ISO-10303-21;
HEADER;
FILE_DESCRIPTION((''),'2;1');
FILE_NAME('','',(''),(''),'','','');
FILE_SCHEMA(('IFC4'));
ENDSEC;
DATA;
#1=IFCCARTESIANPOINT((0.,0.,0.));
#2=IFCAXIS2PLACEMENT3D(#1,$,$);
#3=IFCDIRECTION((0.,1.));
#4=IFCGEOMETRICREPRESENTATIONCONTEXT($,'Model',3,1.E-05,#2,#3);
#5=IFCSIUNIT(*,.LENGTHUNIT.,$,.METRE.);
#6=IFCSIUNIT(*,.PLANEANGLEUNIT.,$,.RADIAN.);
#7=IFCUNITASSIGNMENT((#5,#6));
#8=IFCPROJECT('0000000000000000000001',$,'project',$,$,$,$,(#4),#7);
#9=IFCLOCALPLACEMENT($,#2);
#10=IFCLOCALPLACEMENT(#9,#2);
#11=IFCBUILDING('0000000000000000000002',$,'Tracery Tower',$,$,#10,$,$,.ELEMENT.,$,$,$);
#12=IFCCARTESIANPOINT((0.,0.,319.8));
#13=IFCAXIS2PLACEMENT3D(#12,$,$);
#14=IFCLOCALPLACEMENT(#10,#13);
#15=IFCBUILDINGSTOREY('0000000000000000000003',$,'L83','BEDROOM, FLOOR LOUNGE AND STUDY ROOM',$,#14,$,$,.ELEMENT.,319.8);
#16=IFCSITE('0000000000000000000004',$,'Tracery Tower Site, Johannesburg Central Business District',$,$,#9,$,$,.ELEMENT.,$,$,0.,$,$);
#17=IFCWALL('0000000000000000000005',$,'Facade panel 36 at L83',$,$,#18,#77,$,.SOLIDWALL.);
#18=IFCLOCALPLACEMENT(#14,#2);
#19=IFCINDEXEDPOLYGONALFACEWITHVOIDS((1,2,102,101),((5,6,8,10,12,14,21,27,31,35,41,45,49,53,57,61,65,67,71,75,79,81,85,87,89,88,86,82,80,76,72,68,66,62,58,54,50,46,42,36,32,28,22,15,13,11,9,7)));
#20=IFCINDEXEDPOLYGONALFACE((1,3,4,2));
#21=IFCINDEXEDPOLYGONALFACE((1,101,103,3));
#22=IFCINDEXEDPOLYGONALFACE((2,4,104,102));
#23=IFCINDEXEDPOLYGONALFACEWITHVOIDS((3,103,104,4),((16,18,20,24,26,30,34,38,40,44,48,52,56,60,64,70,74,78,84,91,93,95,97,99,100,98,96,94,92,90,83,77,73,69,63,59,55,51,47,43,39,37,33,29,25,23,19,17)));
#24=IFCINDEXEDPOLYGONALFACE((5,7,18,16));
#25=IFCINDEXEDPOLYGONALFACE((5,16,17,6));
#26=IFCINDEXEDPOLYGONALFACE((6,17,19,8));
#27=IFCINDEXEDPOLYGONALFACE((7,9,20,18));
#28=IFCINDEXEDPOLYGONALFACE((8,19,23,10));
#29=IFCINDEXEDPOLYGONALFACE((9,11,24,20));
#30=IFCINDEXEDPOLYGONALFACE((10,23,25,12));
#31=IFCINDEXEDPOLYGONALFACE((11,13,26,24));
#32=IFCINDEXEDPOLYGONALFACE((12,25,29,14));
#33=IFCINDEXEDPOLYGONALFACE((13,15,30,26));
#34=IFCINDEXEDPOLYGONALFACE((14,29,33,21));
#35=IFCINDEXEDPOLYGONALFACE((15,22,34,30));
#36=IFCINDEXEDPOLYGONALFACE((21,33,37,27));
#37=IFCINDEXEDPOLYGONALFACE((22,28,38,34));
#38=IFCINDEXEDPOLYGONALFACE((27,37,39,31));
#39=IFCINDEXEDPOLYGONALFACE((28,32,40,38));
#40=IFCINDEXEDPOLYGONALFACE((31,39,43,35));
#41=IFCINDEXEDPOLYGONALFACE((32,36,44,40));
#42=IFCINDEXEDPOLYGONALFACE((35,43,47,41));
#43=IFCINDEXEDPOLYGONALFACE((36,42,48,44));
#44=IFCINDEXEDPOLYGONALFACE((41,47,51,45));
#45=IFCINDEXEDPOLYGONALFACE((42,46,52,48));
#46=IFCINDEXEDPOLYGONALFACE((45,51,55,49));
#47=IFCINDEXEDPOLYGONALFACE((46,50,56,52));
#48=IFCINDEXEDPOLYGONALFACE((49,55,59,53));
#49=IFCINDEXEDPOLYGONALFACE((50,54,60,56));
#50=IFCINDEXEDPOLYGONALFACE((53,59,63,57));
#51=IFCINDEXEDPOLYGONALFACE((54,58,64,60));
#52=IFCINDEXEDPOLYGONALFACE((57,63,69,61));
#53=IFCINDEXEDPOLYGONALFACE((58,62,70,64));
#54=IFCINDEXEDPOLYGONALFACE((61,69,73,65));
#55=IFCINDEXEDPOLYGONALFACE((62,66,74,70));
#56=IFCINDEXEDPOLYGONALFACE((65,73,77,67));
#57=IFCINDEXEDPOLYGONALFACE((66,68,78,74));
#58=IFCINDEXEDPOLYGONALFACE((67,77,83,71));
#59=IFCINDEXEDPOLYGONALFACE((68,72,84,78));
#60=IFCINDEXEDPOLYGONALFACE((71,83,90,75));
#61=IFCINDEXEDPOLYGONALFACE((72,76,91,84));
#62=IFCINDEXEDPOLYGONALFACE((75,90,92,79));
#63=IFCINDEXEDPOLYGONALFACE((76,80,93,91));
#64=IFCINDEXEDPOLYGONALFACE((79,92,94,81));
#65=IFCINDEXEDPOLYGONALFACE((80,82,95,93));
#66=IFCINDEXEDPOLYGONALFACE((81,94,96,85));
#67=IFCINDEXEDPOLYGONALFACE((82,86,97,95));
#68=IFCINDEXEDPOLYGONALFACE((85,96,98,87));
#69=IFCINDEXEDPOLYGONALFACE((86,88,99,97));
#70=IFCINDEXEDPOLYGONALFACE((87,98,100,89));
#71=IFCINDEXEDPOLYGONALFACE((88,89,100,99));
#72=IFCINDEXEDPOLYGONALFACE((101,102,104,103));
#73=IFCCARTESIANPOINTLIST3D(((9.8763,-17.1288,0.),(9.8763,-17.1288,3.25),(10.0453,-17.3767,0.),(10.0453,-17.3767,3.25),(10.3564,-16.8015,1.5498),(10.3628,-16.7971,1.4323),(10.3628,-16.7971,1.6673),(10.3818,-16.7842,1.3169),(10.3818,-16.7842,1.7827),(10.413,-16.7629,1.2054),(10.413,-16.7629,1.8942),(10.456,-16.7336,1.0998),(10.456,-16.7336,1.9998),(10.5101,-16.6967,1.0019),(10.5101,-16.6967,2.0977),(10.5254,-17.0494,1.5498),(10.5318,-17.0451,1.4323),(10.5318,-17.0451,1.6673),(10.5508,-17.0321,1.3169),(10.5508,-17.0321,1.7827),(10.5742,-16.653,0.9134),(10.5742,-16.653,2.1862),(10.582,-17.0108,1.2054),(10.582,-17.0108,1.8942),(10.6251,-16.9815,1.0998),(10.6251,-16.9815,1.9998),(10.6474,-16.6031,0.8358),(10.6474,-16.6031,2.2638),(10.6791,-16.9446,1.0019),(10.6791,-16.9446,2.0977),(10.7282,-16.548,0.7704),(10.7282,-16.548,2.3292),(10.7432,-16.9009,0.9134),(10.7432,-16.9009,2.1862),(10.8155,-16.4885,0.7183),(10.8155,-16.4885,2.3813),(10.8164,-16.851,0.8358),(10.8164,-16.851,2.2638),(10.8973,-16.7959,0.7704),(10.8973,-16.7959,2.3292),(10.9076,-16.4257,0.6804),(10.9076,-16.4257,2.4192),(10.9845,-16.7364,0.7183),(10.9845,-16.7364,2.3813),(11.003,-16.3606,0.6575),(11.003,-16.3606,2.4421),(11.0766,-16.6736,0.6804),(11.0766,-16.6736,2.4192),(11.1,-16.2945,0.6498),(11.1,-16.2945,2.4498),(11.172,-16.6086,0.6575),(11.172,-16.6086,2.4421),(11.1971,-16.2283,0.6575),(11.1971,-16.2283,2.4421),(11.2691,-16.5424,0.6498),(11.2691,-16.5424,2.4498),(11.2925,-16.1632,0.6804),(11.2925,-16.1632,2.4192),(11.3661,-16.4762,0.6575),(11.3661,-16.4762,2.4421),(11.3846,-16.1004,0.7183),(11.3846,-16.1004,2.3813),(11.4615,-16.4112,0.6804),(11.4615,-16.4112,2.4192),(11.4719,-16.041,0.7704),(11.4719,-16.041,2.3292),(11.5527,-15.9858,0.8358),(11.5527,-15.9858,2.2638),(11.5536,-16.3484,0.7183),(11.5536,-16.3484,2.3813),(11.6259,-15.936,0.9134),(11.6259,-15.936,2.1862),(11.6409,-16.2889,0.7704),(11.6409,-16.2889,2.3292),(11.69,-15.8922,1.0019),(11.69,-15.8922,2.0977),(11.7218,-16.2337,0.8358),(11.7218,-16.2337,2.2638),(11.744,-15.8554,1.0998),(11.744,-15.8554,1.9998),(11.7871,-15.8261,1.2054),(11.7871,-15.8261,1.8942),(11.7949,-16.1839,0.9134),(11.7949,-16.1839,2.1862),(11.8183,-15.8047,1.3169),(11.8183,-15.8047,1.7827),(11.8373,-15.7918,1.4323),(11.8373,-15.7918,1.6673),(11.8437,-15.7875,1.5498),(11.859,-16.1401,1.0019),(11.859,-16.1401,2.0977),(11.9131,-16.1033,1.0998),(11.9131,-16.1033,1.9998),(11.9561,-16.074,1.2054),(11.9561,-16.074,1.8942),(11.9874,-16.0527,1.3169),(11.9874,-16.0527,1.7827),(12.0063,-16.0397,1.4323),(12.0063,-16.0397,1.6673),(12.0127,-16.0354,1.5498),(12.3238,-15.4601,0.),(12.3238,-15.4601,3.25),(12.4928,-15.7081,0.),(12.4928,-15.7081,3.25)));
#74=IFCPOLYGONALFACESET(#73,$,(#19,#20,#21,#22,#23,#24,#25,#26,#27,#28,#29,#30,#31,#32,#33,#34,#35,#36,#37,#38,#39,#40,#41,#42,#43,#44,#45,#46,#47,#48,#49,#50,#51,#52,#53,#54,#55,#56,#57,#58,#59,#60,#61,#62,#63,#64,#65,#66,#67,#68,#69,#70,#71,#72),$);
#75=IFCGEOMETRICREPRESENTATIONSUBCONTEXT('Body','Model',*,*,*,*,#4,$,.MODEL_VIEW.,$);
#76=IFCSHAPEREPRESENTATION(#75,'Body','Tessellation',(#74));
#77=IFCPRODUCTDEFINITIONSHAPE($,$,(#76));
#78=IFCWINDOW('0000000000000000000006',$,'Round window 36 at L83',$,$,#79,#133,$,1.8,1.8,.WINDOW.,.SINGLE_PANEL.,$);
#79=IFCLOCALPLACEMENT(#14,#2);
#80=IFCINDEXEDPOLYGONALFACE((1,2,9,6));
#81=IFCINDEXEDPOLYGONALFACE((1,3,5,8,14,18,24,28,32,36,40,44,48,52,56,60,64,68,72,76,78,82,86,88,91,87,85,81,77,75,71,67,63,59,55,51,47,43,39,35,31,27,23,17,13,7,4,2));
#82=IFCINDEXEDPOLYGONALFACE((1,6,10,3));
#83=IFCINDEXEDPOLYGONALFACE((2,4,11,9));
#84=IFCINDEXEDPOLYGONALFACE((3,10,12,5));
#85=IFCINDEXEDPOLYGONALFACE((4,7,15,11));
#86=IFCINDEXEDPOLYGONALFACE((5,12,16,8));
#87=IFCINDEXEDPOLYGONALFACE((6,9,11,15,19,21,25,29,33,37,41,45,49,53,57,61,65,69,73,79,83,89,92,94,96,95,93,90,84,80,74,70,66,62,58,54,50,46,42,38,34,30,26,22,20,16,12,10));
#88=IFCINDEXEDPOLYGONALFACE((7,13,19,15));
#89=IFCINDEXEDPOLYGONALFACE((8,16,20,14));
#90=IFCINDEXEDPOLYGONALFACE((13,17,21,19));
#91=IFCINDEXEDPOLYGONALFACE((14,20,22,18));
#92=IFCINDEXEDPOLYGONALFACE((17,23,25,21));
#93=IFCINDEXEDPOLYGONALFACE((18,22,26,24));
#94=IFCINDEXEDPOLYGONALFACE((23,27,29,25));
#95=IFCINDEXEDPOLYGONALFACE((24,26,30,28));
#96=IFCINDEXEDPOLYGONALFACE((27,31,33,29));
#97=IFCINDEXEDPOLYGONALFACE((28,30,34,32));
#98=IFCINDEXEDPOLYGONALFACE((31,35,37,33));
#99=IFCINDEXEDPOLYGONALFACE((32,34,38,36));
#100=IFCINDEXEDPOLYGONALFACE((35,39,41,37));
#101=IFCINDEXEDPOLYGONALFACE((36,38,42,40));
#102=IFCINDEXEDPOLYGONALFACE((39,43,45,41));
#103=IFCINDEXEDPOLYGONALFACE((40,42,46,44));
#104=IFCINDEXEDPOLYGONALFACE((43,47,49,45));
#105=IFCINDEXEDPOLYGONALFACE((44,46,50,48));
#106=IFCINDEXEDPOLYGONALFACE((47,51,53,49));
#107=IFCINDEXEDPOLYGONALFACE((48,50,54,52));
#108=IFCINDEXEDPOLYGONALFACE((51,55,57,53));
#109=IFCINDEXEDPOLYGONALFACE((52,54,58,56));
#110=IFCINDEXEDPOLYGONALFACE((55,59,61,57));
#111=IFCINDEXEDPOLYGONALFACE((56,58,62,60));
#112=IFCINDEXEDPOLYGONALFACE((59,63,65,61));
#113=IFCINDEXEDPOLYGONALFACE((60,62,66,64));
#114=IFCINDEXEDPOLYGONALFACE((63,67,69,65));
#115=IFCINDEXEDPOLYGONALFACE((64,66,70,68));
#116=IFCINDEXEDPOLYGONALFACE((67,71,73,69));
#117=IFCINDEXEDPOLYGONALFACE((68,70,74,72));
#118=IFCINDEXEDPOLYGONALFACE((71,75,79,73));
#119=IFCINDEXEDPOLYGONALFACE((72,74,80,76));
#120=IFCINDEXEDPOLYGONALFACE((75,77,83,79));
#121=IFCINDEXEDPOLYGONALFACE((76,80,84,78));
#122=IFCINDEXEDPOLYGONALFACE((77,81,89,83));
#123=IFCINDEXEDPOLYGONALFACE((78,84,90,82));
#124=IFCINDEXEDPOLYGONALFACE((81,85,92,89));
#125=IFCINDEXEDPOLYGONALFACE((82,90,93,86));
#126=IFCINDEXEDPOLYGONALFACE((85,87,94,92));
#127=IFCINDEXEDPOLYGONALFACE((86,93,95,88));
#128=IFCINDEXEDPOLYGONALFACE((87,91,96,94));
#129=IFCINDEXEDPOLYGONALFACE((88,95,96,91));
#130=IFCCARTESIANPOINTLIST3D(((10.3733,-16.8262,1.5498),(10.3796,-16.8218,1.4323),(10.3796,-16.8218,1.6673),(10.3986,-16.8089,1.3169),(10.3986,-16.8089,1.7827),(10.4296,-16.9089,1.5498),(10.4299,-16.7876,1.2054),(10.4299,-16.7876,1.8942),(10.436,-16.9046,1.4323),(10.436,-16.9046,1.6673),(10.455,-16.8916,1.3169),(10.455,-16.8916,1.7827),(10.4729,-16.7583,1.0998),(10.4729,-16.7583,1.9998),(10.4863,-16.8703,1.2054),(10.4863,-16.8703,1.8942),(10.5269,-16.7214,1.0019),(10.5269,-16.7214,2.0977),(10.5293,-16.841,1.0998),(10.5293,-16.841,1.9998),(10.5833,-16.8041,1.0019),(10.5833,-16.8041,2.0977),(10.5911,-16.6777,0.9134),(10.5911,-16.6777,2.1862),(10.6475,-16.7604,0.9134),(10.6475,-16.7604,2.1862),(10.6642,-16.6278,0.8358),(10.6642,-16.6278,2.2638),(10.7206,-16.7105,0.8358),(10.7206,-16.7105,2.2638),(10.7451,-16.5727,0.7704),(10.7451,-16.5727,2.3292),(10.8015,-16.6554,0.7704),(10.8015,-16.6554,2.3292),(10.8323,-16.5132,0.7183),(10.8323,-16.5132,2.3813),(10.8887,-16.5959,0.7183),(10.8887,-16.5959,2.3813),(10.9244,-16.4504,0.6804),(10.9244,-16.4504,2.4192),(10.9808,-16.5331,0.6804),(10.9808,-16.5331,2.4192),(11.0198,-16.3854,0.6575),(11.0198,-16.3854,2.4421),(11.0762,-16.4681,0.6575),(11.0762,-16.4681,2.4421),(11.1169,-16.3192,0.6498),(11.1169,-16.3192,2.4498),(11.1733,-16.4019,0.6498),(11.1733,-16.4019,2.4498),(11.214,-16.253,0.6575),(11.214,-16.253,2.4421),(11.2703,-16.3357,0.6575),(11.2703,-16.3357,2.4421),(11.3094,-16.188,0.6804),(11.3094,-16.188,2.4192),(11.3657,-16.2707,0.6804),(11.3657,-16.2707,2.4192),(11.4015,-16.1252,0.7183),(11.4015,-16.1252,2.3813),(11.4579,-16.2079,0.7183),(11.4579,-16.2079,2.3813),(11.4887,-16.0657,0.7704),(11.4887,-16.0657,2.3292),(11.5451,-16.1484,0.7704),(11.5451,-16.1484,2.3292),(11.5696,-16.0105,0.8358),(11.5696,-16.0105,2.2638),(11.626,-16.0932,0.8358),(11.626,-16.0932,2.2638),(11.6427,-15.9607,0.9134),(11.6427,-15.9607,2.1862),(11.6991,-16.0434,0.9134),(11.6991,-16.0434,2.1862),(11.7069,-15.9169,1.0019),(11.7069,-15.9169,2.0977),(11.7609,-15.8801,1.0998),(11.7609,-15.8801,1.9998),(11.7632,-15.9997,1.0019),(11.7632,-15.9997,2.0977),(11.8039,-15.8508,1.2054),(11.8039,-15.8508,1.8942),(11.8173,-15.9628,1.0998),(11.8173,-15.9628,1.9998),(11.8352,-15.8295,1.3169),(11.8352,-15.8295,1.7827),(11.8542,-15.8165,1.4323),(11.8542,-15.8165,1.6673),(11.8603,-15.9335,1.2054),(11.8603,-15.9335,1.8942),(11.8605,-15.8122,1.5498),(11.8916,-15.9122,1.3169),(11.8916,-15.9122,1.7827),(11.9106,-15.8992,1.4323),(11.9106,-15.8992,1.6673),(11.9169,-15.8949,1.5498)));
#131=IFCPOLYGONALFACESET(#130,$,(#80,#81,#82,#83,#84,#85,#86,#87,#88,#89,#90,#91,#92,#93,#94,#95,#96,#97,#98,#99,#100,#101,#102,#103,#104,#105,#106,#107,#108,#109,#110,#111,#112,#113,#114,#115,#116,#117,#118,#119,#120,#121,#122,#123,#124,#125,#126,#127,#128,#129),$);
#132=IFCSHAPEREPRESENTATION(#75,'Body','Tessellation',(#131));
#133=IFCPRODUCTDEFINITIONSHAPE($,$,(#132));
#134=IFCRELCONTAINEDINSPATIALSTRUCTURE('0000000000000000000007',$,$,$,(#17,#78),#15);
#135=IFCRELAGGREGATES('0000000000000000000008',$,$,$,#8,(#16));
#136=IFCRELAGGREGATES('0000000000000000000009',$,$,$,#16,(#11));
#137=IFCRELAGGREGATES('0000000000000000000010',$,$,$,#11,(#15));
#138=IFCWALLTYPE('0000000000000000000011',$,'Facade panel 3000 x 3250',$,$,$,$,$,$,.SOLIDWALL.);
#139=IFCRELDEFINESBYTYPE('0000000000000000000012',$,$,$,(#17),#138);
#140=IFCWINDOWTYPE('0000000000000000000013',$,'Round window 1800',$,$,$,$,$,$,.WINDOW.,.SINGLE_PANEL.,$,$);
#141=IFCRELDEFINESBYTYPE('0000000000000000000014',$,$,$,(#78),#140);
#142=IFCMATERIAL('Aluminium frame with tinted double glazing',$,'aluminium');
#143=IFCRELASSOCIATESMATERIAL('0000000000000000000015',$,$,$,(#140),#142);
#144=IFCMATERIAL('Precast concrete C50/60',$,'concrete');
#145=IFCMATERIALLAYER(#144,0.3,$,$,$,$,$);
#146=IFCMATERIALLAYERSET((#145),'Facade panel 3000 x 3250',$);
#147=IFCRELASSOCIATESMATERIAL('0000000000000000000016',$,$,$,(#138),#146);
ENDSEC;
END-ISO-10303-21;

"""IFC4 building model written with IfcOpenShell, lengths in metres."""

from ifc_helpers import new_model, si_unit, direction, frame, frame_2d, origin, origin_2d, place, context, subcontext, project, spatial, rectangle, circle, extrude, material, layer, layer_set, type_object, element, fill, save


model = new_model("IFC4")

# Units and contexts
model_context = context("Model", 3, precision=1e-05, world=origin(), true_north=direction((0.0, 1.0)))
body_context = subcontext(model_context, "Body", "Model", "MODEL_VIEW")
ifc_project = project(units=[si_unit("LENGTHUNIT", "METRE"), si_unit("PLANEANGLEUNIT", "RADIAN")], contexts=[model_context])

# Site, building, storey
site_placement = place(None, origin())
site = spatial("IfcSite", under=ifc_project, at=site_placement, Name="Tracery Tower Site, Johannesburg Central Business District", CompositionType="ELEMENT", RefElevation=0.0)
building_placement = place(site_placement, origin())
building = spatial("IfcBuilding", under=site, at=building_placement, Name="Tracery Tower", CompositionType="ELEMENT")
storey_placement = place(building_placement, frame((0.0, 0.0, 319.8)))
storey = spatial("IfcBuildingStorey", under=building, at=storey_placement, Name="L83", Description="BEDROOM, FLOOR LOUNGE AND STUDY ROOM", CompositionType="ELEMENT", Elevation=319.8)

# Wall, opening, window
ifc_material_1 = material(Name="Aluminium frame with tinted double glazing", Category="aluminium")
window_type = type_object("IfcWindowType", Name="Round window 1800", PartitioningType="SINGLE_PANEL", PredefinedType="WINDOW", material=ifc_material_1)
ifc_material_2 = material(Name="Precast concrete C50/60", Category="concrete")
ifc_layer_1 = layer(ifc_material_2, 0.3)
ifc_layer_set_1 = layer_set([ifc_layer_1], Name="Facade panel 3000 x 3250")
wall_type_1 = type_object("IfcWallType", Name="Facade panel 3000 x 3250", PredefinedType="SOLIDWALL", material=ifc_layer_set_1)
wall_1_placement = place(storey_placement, frame((9.9609, -17.2527, 0.0), z_axis=(0.0, 0.0, 1.0), x_axis=(0.826236, 0.563324, 0.0)))
wall_1 = element("IfcWall", 1, at=wall_1_placement, inside=storey, type_object=wall_type_1, Name="Facade panel 36 at L83", PredefinedType="SOLIDWALL", context=body_context, shape_type="SweptSolid", body=[
    extrude(rectangle(XDim=2.9622, YDim=0.3, at=frame_2d((1.481, 0.0))), origin(), (0.0, 0.0, 1.0), 3.25),
])
opening_1_placement = place(wall_1_placement, frame((1.481, 0.0, 1.5498)))
opening_1 = element("IfcOpeningElement", 2, at=opening_1_placement, cuts=wall_1, PredefinedType="OPENING", context=body_context, shape_type="SweptSolid", body=[
    extrude(circle(Radius=0.9, at=origin_2d()), frame((0.0, 0.1599, 0.0), z_axis=(0.0, -1.0, 0.0), x_axis=(1.0, 0.0, 0.0)), (0.0, 0.0, 1.0), 0.3201),
])
window_1_placement = place(opening_1_placement, origin())
window_1 = element("IfcWindow", 3, at=window_1_placement, inside=storey, type_object=window_type, Name="Round window 36 at L83", OverallHeight=1.8, OverallWidth=1.8, PartitioningType="SINGLE_PANEL", PredefinedType="WINDOW", context=body_context, shape_type="SweptSolid", body=[
    extrude(circle(Radius=0.9, at=origin_2d()), frame((0.0, 0.1201, 0.0), z_axis=(0.0, -1.0, 0.0), x_axis=(1.0, 0.0, 0.0)), (0.0, 0.0, 1.0), 0.1001),
])
fill(opening_1, window_1)

save(model, "model.ifc")
